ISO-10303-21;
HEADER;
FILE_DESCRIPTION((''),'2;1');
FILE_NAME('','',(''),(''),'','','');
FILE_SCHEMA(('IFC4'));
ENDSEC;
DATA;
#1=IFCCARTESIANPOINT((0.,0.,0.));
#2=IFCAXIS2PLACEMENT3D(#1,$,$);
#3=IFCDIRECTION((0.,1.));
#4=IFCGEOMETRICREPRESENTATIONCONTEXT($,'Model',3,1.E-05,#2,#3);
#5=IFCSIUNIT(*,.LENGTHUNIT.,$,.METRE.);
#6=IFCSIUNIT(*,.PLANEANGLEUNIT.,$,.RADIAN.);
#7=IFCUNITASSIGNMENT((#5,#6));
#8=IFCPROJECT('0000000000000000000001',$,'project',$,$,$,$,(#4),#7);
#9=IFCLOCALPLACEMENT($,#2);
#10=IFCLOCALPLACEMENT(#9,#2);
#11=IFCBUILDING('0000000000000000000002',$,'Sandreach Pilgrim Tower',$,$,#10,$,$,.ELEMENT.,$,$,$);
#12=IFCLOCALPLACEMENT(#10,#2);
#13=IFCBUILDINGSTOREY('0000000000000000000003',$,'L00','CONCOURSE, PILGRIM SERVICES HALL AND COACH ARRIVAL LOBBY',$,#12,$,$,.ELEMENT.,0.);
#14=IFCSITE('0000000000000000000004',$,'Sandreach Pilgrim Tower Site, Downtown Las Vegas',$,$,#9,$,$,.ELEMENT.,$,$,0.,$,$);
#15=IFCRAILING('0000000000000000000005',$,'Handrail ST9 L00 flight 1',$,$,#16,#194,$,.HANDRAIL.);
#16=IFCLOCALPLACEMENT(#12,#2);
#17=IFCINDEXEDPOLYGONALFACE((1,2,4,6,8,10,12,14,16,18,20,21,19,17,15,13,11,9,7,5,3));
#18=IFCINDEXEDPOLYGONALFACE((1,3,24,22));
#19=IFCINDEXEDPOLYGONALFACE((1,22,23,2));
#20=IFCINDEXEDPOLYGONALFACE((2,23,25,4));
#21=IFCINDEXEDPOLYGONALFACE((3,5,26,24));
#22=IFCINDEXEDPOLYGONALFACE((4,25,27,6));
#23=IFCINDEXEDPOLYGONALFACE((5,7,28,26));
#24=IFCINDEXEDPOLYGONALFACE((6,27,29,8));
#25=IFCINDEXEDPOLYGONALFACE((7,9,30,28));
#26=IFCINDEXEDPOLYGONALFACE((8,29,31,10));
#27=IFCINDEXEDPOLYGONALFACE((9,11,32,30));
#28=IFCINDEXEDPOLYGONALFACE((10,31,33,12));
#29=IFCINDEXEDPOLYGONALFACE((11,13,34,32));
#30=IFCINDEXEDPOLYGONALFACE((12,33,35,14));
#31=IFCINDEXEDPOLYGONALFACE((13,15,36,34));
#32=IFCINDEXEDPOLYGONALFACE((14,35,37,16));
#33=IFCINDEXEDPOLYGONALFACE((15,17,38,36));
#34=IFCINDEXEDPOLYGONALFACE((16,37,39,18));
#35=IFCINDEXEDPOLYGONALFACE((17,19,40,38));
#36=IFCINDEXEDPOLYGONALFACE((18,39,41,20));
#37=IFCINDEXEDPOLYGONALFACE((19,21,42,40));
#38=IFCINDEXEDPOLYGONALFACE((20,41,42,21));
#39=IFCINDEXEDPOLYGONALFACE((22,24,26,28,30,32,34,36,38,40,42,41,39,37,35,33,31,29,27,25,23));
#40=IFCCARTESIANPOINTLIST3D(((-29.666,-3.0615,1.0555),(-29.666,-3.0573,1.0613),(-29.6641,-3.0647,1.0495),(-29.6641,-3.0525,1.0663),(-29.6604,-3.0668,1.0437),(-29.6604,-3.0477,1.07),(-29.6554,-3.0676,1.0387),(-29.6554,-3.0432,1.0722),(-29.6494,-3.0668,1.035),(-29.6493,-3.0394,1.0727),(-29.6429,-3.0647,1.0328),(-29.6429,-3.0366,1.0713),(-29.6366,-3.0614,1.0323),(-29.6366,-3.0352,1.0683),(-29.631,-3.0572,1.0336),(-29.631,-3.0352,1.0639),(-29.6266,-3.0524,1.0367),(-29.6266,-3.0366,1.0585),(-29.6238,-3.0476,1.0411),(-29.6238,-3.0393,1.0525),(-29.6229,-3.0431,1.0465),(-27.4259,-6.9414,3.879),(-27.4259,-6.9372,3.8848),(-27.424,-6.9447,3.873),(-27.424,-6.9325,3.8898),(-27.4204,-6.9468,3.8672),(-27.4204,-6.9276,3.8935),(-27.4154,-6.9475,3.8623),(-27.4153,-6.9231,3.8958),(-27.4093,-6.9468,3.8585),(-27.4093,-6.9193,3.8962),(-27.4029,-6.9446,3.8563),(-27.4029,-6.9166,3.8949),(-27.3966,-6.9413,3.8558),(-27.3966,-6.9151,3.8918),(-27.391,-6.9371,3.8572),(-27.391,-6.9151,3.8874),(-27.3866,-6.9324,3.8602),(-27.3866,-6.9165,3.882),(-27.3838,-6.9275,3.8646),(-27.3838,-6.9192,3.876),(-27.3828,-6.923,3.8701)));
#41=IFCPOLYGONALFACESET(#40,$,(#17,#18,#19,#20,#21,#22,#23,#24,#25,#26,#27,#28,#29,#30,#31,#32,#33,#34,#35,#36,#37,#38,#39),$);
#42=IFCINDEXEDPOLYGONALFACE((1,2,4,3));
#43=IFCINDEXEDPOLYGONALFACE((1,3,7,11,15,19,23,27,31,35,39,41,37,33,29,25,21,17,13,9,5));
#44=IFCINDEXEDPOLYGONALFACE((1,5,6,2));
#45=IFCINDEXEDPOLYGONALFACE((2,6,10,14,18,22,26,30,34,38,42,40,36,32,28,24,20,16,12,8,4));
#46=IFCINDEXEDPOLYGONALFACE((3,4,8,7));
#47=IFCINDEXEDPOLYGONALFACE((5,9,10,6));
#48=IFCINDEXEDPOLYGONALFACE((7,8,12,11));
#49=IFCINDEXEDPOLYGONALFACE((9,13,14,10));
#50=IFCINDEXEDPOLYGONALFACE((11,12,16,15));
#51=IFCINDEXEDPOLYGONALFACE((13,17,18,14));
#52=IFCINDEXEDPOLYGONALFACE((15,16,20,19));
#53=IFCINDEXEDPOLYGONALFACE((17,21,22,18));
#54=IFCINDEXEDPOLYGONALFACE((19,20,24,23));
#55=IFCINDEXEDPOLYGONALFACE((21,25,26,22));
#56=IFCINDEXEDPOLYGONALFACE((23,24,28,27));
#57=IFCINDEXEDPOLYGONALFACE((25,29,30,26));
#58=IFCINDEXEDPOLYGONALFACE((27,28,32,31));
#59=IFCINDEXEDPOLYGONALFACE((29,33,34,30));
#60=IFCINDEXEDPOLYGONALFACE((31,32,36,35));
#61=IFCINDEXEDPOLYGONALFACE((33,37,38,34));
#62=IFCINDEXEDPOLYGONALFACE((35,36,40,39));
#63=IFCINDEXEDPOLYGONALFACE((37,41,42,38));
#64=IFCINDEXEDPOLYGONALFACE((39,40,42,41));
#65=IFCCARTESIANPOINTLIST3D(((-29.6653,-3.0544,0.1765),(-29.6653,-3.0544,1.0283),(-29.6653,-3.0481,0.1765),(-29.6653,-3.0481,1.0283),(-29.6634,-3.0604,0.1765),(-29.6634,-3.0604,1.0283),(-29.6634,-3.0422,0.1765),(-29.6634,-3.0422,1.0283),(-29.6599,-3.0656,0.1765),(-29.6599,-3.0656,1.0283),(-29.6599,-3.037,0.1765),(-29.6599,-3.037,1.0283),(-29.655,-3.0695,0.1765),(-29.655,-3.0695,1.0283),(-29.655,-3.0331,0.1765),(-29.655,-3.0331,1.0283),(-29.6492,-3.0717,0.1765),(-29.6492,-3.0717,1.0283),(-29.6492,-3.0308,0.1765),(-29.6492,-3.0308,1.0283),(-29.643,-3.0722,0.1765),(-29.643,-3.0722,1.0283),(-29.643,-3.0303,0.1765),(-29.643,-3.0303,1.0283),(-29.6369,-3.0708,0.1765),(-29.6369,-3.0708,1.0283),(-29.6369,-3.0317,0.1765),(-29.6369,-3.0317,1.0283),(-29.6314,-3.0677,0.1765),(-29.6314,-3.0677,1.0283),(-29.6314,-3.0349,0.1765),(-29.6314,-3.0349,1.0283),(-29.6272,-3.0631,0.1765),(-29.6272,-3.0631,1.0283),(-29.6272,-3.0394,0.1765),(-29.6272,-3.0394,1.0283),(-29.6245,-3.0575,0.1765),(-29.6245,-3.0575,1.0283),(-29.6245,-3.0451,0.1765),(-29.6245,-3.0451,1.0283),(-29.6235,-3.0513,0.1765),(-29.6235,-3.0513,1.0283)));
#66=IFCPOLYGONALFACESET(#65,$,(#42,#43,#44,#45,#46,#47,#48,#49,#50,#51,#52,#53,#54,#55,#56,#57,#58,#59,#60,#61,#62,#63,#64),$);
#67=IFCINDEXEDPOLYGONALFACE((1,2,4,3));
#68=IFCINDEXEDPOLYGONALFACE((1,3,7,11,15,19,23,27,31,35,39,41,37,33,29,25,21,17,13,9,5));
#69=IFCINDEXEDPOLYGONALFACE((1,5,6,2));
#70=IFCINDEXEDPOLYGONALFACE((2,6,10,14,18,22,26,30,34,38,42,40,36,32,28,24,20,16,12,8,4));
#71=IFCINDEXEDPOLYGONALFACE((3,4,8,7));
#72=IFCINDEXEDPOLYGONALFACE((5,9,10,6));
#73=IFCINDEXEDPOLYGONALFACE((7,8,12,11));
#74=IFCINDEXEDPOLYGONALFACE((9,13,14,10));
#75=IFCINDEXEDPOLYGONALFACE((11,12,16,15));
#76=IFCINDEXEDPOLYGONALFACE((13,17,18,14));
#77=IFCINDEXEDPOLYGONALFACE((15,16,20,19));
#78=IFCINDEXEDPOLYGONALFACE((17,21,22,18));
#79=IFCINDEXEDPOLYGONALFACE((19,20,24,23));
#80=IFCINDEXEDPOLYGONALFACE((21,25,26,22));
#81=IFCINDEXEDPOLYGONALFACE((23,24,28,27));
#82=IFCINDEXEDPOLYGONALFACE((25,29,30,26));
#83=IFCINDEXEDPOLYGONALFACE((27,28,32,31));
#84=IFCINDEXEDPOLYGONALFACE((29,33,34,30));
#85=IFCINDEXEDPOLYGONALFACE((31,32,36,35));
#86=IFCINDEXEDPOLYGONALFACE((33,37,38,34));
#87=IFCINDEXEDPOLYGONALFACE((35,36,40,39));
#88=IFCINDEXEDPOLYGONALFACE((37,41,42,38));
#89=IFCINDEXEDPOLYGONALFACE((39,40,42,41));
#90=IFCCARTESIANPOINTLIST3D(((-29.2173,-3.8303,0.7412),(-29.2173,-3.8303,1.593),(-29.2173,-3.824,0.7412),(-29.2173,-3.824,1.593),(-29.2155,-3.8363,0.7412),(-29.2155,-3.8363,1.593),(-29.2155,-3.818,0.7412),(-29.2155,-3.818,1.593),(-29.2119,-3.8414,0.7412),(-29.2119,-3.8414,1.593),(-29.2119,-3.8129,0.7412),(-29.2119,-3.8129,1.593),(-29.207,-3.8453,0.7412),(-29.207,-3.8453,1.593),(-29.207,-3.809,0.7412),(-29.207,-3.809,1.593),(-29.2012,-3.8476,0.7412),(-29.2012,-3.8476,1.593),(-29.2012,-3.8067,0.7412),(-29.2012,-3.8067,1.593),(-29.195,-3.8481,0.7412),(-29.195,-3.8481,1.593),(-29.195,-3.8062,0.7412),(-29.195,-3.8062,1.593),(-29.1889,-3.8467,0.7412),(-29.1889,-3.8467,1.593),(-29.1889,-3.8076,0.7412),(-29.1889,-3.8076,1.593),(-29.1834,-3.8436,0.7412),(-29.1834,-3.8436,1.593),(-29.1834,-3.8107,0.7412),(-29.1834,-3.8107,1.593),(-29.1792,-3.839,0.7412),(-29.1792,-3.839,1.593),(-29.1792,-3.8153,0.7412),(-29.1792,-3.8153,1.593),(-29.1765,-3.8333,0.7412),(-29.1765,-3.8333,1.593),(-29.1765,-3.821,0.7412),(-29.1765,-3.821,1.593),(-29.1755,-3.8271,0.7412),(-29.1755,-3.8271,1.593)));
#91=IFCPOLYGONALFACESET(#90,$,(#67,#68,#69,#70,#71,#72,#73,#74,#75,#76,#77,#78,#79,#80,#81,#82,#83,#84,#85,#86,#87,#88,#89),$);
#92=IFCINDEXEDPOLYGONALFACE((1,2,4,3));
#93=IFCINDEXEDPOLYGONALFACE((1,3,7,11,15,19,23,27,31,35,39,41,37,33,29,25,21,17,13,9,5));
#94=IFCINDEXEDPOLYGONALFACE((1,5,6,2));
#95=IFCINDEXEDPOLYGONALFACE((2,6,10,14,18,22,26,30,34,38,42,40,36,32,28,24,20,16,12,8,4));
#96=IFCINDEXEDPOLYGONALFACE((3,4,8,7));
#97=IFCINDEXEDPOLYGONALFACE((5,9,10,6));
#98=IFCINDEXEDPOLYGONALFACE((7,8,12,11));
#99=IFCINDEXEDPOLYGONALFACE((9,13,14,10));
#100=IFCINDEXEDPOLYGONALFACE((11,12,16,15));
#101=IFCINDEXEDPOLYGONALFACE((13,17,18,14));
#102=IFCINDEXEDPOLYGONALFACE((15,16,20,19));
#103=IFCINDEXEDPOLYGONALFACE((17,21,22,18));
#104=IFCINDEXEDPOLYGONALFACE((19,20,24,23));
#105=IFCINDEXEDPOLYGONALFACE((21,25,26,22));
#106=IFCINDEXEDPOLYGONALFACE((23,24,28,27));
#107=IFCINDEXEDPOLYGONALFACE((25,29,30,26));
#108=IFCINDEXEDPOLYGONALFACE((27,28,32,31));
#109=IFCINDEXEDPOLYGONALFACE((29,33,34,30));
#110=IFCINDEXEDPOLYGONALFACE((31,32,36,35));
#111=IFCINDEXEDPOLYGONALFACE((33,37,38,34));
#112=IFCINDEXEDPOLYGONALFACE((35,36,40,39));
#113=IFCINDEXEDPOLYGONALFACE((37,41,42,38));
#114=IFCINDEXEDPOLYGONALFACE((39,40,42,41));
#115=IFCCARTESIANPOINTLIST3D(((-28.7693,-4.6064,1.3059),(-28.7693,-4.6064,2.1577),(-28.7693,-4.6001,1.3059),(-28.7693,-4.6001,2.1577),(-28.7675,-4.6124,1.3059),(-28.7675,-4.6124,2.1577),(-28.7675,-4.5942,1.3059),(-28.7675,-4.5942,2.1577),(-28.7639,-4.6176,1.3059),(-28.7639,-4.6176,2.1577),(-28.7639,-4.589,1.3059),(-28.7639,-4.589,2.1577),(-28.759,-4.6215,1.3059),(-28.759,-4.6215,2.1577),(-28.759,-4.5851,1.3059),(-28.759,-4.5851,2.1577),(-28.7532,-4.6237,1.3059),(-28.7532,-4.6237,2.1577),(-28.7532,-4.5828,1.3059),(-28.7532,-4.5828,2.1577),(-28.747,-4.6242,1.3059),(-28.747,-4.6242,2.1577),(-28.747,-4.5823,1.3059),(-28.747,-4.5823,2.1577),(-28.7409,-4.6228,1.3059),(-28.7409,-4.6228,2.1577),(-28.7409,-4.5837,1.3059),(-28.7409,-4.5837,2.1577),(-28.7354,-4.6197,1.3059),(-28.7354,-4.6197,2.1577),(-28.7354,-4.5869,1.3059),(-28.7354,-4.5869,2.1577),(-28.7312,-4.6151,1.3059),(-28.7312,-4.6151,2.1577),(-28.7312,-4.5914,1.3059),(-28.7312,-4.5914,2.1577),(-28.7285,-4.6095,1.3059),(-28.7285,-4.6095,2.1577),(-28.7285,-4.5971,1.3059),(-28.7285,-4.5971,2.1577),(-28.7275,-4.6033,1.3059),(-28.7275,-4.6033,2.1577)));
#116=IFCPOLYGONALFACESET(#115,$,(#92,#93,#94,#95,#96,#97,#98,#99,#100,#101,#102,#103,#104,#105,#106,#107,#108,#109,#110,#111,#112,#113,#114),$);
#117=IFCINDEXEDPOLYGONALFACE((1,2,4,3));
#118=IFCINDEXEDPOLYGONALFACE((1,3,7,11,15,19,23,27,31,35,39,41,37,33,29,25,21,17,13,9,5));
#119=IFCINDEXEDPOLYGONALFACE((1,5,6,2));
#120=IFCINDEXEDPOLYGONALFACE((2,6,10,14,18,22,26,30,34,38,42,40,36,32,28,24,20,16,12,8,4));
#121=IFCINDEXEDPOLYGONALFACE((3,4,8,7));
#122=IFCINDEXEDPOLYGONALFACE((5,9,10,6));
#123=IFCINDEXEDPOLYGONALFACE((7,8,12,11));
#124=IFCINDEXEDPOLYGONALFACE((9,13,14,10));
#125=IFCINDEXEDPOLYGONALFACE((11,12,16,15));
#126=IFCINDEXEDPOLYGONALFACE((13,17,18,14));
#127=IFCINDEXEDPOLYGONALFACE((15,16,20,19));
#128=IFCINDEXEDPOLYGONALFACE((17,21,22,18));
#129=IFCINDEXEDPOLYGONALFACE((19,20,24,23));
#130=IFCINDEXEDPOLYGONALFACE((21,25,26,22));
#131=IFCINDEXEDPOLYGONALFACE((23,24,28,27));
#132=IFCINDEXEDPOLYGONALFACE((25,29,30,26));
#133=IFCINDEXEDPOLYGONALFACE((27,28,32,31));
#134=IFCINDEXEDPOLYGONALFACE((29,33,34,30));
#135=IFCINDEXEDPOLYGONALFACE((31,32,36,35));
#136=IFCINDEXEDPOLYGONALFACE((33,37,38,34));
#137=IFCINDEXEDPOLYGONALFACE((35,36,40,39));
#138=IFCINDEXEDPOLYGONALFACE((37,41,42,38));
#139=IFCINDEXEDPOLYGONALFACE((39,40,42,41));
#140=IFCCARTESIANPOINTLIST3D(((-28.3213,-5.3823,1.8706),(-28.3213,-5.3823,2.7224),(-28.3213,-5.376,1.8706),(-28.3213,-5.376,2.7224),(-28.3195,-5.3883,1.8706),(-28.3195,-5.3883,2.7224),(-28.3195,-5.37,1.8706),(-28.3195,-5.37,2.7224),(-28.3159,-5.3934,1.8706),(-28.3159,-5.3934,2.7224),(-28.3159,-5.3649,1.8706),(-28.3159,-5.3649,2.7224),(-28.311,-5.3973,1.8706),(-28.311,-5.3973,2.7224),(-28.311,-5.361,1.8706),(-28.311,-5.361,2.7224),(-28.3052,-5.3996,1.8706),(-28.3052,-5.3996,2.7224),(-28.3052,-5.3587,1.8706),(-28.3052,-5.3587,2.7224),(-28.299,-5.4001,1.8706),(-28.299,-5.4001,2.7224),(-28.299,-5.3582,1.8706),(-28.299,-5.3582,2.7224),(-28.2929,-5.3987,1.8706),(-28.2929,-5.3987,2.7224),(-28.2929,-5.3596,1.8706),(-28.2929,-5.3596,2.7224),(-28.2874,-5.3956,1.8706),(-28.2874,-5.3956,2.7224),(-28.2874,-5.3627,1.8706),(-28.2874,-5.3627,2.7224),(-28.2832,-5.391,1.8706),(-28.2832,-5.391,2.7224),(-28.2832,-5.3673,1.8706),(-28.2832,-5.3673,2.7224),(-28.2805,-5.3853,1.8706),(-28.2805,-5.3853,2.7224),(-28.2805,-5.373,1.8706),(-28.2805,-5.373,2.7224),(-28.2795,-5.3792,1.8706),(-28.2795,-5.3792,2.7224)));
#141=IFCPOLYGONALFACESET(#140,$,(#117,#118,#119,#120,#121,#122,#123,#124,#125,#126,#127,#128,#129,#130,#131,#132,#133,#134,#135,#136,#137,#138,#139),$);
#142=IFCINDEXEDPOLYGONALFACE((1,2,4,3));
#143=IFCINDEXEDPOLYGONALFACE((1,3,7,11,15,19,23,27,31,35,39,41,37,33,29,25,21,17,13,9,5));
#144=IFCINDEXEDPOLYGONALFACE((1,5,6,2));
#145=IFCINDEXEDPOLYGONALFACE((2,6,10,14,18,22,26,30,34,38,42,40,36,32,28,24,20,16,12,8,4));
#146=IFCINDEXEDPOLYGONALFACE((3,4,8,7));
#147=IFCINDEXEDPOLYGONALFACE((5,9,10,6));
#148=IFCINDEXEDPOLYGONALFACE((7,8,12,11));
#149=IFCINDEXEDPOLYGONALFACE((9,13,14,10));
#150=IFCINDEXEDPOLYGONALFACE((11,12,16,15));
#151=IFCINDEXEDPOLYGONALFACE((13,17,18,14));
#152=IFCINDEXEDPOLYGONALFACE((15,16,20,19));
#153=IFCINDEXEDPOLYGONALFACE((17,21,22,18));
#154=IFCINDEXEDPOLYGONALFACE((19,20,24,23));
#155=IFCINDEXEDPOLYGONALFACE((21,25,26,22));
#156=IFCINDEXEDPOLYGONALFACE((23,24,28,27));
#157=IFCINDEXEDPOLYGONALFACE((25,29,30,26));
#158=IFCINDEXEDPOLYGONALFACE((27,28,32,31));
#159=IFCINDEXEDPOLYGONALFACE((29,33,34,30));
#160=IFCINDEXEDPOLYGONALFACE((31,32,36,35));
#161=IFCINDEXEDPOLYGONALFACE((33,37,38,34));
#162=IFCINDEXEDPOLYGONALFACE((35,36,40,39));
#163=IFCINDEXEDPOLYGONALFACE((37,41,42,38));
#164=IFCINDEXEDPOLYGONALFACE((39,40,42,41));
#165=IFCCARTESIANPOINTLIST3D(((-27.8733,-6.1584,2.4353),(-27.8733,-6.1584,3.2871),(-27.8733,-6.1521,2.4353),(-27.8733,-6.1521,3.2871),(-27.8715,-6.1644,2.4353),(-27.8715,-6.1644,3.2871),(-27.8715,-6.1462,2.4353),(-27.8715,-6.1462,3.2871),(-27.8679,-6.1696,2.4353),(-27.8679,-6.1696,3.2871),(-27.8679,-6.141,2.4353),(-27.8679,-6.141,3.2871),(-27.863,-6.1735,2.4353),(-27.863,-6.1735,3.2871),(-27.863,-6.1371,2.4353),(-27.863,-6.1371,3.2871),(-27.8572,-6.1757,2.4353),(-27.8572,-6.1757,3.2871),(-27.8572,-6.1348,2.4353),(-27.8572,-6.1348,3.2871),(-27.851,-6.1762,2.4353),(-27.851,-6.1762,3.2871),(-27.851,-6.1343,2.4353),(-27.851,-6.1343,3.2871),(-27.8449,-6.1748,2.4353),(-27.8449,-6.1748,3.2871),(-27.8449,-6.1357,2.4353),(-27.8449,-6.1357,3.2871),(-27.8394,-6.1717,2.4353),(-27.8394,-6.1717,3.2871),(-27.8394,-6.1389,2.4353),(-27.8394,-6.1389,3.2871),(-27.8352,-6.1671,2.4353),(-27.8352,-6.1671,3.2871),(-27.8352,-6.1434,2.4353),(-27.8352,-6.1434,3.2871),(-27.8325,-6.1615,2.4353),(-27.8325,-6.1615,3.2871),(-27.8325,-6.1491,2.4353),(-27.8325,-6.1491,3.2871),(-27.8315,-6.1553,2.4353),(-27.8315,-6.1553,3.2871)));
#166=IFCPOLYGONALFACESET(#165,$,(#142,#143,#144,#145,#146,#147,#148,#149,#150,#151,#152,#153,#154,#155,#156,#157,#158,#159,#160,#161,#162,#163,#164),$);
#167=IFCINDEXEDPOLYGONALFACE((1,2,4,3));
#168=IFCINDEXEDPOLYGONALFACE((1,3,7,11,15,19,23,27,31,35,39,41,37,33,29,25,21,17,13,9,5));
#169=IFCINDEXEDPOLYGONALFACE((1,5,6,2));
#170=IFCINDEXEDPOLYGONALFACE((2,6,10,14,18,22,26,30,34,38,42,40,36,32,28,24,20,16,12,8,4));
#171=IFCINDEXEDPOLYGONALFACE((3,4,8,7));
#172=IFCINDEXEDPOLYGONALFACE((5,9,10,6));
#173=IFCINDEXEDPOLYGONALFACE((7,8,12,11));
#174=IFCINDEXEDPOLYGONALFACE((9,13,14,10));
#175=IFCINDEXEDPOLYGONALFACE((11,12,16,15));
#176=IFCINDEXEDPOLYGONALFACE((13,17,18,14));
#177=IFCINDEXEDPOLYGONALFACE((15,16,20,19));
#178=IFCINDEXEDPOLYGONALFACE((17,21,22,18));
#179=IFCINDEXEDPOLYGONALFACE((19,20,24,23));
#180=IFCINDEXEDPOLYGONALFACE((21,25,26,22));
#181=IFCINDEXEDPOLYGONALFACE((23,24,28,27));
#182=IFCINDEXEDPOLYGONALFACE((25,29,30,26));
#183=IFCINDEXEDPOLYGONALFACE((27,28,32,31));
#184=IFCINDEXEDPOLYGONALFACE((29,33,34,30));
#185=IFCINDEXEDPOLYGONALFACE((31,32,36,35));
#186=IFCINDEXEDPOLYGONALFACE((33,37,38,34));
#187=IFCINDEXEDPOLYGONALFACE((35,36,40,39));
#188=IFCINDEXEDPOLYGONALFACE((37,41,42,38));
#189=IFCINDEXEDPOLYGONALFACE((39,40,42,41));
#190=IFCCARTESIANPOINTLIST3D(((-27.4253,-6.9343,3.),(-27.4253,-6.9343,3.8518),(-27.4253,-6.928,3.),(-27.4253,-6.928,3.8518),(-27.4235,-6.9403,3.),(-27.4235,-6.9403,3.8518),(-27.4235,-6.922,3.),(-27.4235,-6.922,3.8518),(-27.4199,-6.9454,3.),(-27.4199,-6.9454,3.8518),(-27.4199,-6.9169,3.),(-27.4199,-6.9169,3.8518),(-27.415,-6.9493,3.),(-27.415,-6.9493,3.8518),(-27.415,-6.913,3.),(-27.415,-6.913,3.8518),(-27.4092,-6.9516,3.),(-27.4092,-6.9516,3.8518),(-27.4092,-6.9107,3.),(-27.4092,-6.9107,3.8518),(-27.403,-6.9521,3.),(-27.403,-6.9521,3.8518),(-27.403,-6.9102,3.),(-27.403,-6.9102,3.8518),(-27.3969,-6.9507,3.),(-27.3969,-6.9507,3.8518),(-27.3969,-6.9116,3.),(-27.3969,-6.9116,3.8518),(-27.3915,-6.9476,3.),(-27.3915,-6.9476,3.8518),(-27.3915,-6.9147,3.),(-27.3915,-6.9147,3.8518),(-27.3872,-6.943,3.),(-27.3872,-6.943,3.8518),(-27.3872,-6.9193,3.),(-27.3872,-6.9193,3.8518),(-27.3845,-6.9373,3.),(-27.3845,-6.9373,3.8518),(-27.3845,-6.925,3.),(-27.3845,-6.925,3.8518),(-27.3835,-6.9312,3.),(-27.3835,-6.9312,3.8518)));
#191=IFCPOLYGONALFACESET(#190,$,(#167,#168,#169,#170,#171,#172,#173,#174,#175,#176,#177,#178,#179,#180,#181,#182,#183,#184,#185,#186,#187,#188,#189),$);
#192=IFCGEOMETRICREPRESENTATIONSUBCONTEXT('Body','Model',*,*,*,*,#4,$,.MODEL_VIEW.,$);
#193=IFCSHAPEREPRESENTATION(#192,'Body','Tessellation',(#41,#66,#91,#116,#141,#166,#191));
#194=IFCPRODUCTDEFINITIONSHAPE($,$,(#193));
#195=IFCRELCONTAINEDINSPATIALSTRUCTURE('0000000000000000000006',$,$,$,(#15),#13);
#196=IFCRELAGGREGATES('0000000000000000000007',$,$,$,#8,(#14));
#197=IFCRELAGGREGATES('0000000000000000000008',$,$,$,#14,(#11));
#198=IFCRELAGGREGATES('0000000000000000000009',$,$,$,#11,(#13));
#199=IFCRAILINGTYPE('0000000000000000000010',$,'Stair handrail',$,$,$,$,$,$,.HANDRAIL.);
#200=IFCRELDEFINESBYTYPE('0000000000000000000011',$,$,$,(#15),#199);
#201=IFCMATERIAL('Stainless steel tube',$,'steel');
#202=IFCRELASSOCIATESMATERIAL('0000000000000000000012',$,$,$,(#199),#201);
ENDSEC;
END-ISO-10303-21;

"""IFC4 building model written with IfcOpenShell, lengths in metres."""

from ifc_helpers import new_model, si_unit, direction, frame, origin, origin_2d, place, context, subcontext, project, spatial, circle, extrude, material, type_object, element, save


model = new_model("IFC4")

# Units and contexts
model_context = context("Model", 3, precision=1e-05, world=origin(), true_north=direction((0.0, 1.0)))
body_context = subcontext(model_context, "Body", "Model", "MODEL_VIEW")
ifc_project = project(units=[si_unit("LENGTHUNIT", "METRE"), si_unit("PLANEANGLEUNIT", "RADIAN")], contexts=[model_context])

# Site, building, storey
site_placement = place(None, origin())
site = spatial("IfcSite", under=ifc_project, at=site_placement, Name="Sandreach Pilgrim Tower Site, Downtown Las Vegas", CompositionType="ELEMENT", RefElevation=0.0)
building_placement = place(site_placement, origin())
building = spatial("IfcBuilding", under=site, at=building_placement, Name="Sandreach Pilgrim Tower", CompositionType="ELEMENT")
storey_placement = place(building_placement, origin())
storey = spatial("IfcBuildingStorey", under=building, at=storey_placement, Name="L00", Description="CONCOURSE, PILGRIM SERVICES HALL AND COACH ARRIVAL LOBBY", CompositionType="ELEMENT", Elevation=0.0)

# Railing
ifc_material_1 = material(Name="Stainless steel tube", Category="steel")
railing_type = type_object("IfcRailingType", Name="Stair handrail", PredefinedType="HANDRAIL", material=ifc_material_1)
railing_1_placement = place(storey_placement, frame((-29.6445, -3.0513, 0.1765)))
element("IfcRailing", 1, at=railing_1_placement, inside=storey, type_object=railing_type, Name="Handrail ST9 L00 flight 1", PredefinedType="HANDRAIL", context=body_context, shape_type="SweptSolid", body=[
    extrude(circle(Radius=0.0239, at=origin_2d()), frame((0.0, 0.0, 0.876), z_axis=(0.422993, -0.732665, 0.533178), x_axis=(0.866031, 0.49999, 0.0)), (0.0, 0.0, 1.0), 5.2957),
    extrude(circle(Radius=0.021, at=origin_2d()), origin(), (0.0, 0.0, 1.0), 0.8518),
    extrude(circle(Radius=0.021, at=origin_2d()), frame((0.448, -0.7759, 0.5647)), (0.0, 0.0, 1.0), 0.8518),
    extrude(circle(Radius=0.021, at=origin_2d()), frame((0.896, -1.552, 1.1294)), (0.0, 0.0, 1.0), 0.8518),
    extrude(circle(Radius=0.021, at=origin_2d()), frame((1.344, -2.3279, 1.6941)), (0.0, 0.0, 1.0), 0.8518),
    extrude(circle(Radius=0.021, at=origin_2d()), frame((1.792, -3.104, 2.2588)), (0.0, 0.0, 1.0), 0.8518),
    extrude(circle(Radius=0.021, at=origin_2d()), frame((2.24, -3.8799, 2.8235)), (0.0, 0.0, 1.0), 0.8518),
])

save(model, "model.ifc")
